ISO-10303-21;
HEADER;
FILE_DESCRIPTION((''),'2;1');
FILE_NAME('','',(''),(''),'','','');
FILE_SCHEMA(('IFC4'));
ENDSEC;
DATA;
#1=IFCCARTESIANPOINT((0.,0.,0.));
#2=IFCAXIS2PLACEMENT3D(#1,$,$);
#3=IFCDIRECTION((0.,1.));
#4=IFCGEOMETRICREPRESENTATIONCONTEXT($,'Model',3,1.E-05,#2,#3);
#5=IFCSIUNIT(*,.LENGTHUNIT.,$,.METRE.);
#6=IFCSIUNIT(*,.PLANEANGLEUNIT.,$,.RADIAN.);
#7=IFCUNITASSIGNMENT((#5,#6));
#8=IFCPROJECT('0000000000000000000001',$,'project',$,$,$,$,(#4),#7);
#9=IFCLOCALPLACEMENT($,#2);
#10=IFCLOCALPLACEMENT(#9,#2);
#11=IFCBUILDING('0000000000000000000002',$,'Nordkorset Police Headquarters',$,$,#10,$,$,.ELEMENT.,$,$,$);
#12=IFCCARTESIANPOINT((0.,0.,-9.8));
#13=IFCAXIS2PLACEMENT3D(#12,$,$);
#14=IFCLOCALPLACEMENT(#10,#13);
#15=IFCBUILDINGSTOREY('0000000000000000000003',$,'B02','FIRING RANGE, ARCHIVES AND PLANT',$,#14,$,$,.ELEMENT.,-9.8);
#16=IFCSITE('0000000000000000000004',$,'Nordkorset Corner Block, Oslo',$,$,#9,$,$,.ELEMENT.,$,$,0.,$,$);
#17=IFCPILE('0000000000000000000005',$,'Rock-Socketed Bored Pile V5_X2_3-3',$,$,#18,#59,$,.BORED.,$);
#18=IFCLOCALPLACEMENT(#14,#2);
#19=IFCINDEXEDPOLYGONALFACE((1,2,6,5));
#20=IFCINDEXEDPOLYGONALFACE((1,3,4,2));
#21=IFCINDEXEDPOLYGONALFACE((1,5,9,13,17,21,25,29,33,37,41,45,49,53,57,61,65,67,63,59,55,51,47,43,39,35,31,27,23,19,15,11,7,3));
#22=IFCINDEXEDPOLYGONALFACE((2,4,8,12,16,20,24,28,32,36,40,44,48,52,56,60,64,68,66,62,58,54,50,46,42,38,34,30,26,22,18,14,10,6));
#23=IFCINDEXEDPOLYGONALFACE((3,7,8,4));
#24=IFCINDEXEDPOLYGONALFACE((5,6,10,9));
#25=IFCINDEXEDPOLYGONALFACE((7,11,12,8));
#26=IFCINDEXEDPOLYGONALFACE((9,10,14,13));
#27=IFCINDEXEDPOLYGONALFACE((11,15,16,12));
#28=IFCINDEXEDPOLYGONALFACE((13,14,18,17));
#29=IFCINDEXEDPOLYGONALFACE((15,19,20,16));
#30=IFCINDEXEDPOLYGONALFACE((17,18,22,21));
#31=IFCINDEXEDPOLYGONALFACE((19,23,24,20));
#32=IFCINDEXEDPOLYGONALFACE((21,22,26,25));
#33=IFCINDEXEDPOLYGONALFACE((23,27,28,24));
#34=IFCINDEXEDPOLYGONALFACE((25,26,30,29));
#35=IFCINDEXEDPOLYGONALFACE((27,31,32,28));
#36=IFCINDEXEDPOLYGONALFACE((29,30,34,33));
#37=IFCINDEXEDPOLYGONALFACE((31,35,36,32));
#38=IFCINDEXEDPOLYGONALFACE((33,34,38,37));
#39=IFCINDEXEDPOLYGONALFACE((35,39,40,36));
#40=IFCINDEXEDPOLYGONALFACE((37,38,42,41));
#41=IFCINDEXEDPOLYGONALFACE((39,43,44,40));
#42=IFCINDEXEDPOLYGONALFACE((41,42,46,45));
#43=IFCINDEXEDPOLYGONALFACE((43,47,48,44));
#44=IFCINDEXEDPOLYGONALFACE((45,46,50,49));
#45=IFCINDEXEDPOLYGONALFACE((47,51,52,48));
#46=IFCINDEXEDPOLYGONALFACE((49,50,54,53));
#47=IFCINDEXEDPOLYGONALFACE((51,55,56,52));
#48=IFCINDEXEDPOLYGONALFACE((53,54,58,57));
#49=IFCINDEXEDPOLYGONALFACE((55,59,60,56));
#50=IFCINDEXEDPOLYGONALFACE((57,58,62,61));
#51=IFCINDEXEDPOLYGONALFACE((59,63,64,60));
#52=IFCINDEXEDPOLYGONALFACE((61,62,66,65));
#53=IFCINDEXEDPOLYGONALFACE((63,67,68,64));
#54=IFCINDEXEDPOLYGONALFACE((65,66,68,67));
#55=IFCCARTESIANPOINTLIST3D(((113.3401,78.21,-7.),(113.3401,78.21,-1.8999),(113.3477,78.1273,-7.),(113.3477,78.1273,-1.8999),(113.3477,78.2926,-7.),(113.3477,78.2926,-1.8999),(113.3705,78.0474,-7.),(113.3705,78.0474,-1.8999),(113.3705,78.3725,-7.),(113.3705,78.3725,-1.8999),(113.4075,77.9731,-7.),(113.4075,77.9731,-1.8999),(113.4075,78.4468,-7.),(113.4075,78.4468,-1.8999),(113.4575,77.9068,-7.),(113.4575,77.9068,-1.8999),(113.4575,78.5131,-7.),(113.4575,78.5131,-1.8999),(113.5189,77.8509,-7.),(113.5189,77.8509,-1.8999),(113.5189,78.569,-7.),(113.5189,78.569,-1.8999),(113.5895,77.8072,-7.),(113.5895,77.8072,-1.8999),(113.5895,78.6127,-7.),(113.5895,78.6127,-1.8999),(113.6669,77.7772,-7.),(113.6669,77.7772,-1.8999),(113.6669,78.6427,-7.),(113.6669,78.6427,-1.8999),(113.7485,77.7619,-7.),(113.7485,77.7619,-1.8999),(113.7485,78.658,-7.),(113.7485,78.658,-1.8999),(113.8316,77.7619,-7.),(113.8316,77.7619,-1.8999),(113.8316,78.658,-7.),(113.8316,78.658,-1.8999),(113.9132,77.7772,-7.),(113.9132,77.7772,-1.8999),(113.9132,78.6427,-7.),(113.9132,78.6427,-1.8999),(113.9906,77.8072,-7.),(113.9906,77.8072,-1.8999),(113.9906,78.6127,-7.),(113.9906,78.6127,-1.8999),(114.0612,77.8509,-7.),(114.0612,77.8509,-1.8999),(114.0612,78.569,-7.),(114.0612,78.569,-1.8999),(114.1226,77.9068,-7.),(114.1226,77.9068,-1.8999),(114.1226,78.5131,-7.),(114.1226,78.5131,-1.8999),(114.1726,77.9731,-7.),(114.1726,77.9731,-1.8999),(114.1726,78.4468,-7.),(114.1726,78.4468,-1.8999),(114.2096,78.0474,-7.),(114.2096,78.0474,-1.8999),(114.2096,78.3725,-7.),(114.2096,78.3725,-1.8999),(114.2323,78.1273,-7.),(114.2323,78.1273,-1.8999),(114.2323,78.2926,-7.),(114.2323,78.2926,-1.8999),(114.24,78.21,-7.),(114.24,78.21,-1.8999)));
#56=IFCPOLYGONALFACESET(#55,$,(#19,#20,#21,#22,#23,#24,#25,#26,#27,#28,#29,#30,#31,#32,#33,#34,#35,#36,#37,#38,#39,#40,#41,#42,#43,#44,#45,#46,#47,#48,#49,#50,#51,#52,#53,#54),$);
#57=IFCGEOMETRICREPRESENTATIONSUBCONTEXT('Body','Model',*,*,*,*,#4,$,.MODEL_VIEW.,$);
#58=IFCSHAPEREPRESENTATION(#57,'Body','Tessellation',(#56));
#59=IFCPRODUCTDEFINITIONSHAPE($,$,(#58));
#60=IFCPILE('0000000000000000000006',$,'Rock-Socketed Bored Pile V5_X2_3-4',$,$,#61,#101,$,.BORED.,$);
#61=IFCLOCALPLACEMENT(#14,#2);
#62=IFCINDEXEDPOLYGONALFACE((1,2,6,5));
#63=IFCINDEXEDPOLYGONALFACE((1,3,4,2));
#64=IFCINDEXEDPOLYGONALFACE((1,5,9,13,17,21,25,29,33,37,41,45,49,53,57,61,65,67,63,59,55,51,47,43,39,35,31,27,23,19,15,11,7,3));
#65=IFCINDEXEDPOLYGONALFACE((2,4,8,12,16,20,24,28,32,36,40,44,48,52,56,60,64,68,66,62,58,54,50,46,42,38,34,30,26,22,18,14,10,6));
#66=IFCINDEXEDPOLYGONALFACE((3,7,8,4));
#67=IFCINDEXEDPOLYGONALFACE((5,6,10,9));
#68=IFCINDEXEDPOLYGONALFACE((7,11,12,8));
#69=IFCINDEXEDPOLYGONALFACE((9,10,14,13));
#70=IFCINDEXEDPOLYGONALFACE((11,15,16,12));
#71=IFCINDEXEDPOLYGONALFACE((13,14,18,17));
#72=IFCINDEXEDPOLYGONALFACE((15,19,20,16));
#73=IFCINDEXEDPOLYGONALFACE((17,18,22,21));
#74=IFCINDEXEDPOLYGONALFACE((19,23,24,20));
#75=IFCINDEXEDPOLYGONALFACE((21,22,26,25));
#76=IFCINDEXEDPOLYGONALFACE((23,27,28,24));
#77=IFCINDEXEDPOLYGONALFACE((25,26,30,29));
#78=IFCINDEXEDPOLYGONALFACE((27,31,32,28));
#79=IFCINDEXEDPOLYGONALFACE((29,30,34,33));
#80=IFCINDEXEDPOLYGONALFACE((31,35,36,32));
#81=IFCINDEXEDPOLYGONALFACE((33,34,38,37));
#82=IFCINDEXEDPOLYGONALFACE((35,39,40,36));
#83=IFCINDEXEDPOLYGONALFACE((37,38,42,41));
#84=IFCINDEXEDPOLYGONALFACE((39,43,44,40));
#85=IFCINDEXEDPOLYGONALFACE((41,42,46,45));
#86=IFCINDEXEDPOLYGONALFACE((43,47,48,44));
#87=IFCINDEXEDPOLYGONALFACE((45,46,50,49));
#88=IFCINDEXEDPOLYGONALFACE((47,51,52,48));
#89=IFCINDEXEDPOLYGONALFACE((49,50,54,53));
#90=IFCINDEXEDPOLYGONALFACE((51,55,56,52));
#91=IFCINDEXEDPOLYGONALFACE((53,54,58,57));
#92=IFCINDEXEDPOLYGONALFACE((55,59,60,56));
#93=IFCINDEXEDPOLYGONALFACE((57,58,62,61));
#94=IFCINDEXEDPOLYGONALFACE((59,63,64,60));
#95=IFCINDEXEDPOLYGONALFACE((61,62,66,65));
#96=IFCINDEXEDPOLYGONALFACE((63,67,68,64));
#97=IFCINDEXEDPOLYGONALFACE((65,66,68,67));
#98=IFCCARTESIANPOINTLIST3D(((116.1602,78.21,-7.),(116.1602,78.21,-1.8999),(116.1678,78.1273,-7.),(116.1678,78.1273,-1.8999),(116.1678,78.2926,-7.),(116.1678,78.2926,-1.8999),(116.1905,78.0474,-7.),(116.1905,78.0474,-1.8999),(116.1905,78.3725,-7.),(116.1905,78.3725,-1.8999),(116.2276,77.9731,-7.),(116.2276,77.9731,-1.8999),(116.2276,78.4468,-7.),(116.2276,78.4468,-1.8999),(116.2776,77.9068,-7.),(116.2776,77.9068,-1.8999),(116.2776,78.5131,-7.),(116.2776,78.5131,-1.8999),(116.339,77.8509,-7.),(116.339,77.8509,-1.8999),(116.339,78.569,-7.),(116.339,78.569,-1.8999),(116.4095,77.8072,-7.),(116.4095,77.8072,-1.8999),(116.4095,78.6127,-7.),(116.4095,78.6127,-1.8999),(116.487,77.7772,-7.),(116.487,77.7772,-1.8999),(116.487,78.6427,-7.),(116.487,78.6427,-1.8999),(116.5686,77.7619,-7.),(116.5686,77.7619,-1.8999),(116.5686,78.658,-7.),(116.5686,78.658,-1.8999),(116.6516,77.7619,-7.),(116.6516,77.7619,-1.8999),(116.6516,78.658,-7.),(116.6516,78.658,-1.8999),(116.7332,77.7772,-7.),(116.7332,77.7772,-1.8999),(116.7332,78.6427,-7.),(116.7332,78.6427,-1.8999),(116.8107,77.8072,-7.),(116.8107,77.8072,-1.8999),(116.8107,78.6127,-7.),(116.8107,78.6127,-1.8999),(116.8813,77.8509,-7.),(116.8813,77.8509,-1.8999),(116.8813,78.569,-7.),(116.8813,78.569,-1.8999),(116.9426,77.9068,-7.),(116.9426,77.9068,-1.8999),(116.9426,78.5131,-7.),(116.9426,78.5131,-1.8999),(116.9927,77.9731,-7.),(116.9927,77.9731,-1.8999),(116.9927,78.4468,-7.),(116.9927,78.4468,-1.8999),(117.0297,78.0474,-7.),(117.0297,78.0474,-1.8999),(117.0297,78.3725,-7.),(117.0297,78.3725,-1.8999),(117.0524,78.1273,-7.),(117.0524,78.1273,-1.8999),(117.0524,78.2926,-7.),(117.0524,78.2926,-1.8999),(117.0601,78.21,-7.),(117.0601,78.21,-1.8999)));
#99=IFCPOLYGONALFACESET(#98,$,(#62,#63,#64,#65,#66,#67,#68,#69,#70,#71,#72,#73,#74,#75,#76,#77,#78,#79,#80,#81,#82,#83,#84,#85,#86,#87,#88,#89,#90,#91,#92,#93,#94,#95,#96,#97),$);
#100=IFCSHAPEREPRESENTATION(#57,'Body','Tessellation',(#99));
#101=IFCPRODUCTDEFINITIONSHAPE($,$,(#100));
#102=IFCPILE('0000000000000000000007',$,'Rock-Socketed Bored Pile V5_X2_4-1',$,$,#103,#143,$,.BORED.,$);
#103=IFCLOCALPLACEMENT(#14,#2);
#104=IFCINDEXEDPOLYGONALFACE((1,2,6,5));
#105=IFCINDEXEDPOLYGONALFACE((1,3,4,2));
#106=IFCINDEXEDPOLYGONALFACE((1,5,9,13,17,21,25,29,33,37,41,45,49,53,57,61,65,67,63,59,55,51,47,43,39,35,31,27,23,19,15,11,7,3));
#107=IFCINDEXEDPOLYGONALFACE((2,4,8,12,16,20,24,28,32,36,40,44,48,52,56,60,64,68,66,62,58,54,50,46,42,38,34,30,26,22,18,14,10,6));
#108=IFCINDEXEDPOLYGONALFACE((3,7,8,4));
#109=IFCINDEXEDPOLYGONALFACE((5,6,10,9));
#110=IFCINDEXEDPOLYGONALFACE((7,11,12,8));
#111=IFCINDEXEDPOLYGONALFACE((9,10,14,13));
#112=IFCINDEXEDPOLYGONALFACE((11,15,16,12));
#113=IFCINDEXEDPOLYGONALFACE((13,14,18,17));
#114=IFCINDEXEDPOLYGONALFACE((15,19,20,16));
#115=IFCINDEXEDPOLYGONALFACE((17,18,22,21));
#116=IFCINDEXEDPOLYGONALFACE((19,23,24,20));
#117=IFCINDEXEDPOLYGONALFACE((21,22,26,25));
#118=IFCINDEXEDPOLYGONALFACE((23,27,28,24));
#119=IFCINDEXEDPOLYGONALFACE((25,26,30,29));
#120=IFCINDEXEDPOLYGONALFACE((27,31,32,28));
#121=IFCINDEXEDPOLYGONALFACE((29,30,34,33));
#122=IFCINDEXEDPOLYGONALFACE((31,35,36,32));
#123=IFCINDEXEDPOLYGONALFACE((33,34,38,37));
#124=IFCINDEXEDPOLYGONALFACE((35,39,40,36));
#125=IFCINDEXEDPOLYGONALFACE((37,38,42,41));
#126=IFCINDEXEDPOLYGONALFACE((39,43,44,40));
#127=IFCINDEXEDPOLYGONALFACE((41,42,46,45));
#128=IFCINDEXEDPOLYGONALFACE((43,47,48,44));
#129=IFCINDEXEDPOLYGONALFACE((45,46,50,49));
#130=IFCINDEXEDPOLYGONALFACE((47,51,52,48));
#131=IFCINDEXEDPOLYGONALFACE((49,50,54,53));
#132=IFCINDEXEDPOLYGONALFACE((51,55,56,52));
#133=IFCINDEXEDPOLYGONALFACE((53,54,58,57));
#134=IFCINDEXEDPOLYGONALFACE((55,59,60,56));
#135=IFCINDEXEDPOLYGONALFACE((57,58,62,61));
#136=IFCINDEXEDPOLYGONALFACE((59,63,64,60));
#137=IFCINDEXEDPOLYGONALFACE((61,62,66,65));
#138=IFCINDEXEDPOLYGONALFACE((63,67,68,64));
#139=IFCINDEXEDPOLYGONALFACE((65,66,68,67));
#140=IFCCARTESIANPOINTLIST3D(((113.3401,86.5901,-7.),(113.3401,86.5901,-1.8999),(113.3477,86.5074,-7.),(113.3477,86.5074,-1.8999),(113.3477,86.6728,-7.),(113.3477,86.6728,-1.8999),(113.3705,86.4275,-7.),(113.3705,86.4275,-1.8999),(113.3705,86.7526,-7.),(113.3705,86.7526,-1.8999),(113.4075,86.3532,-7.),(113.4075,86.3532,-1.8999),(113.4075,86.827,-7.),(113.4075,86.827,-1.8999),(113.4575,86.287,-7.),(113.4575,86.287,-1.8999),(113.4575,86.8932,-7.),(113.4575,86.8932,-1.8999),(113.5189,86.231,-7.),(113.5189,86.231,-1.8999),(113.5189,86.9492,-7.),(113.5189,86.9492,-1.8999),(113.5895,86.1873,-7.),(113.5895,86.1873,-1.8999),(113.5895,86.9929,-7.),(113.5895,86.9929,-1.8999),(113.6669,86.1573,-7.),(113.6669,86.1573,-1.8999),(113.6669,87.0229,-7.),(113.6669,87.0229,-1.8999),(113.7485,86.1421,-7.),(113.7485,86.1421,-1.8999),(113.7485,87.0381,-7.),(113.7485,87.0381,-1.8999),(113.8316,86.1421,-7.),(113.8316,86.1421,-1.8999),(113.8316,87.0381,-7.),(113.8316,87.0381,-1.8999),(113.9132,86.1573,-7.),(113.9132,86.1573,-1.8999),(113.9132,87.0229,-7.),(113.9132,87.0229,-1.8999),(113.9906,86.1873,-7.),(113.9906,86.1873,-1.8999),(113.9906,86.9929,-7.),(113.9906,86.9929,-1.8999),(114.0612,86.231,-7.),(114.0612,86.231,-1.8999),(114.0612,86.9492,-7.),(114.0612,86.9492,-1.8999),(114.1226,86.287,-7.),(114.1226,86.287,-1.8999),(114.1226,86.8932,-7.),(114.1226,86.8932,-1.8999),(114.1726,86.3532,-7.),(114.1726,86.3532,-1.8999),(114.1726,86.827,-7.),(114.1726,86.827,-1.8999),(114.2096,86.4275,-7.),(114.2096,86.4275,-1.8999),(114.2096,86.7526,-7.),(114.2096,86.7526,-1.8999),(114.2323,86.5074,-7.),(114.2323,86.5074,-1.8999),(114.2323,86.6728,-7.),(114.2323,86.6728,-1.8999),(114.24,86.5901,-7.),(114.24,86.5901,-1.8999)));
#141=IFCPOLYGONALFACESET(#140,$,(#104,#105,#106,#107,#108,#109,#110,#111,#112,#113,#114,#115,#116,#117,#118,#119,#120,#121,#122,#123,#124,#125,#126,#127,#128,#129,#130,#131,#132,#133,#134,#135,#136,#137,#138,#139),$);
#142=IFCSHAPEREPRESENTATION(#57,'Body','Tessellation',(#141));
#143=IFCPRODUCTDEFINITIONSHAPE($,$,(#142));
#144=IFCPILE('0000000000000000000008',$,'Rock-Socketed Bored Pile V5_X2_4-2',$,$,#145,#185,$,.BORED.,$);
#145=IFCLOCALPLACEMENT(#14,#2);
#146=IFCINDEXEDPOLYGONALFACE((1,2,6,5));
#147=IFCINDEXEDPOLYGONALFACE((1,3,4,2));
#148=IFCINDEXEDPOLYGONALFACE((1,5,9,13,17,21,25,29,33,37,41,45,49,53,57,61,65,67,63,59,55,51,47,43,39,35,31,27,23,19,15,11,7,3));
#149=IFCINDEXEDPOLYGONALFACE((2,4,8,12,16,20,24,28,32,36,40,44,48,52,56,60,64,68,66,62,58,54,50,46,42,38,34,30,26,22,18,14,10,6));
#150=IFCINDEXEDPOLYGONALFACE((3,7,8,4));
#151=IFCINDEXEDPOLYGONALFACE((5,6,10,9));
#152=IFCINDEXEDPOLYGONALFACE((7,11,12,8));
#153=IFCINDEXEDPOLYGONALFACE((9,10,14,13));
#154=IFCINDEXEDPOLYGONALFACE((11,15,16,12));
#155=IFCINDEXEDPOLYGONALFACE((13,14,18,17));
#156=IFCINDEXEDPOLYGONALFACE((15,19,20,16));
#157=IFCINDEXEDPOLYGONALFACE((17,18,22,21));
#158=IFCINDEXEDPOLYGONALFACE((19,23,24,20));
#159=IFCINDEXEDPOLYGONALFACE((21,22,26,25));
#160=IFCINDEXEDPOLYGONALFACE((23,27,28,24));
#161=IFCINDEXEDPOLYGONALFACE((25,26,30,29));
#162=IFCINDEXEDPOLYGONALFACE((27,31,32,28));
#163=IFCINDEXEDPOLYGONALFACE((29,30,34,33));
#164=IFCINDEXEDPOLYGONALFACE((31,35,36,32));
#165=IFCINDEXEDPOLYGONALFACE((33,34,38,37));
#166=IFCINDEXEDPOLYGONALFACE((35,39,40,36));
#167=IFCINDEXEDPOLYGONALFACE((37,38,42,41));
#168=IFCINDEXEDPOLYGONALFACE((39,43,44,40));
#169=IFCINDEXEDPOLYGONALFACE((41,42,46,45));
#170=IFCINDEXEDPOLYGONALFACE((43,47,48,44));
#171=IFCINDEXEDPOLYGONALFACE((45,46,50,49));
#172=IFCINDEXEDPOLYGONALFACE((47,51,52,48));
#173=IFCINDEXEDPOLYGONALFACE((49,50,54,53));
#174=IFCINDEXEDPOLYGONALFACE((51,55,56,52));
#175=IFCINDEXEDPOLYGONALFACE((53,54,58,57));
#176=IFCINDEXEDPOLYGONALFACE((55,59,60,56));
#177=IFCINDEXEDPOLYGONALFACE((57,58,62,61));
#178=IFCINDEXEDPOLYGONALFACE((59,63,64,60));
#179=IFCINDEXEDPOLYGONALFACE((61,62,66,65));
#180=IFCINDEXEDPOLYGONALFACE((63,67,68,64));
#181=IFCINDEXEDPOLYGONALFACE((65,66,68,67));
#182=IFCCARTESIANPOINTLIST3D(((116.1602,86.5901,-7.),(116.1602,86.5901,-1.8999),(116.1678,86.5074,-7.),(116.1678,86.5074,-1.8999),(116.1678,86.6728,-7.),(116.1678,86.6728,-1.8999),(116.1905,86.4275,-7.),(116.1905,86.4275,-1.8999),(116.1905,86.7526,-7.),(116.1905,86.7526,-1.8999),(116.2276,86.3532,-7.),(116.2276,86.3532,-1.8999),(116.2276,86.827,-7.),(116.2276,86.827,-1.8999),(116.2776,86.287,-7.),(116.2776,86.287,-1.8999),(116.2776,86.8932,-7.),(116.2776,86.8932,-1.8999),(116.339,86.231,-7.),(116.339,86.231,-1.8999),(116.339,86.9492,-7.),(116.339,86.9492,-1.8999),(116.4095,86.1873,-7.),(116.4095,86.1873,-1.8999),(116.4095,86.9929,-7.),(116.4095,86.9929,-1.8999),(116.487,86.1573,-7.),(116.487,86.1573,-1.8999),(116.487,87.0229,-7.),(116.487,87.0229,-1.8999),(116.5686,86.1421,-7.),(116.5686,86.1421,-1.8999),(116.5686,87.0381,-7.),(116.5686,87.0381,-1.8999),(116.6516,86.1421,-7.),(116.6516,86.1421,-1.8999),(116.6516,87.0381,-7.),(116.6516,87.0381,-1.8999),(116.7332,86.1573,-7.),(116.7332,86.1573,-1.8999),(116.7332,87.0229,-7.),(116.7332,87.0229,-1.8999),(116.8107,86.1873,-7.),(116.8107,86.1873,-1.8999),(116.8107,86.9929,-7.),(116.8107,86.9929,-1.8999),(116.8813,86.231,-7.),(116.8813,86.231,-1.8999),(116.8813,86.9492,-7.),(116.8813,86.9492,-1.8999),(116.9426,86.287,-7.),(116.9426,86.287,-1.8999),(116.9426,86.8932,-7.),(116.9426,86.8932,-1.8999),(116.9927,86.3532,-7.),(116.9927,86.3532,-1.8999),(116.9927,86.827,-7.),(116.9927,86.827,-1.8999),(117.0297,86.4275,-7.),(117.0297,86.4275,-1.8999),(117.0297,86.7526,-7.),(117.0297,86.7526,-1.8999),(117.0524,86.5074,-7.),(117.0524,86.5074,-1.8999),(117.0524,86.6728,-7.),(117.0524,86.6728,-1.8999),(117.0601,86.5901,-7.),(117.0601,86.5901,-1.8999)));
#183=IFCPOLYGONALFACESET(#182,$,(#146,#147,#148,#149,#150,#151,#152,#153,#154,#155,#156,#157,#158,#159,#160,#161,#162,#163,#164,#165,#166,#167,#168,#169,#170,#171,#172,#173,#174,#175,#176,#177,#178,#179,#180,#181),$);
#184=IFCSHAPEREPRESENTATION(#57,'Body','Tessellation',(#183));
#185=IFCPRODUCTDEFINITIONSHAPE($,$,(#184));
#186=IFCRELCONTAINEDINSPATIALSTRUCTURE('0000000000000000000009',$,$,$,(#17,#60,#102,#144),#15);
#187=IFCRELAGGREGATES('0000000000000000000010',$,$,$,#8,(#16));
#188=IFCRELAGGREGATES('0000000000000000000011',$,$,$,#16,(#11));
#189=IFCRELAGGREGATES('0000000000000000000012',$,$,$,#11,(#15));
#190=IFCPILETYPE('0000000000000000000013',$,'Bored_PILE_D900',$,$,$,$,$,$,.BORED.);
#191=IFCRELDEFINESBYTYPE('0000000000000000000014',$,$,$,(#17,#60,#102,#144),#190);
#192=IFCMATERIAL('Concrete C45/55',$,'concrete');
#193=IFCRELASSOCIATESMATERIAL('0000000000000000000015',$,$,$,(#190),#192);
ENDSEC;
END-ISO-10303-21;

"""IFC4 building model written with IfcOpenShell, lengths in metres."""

from ifc_helpers import new_model, si_unit, direction, frame, origin, origin_2d, place, context, subcontext, project, spatial, circle, extrude, material, material_profile, profile_set, type_object, element, save


model = new_model("IFC4")

# Units and contexts
model_context = context("Model", 3, precision=1e-05, world=origin(), true_north=direction((0.0, 1.0)))
body_context = subcontext(model_context, "Body", "Model", "MODEL_VIEW")
ifc_project = project(units=[si_unit("LENGTHUNIT", "METRE"), si_unit("PLANEANGLEUNIT", "RADIAN")], contexts=[model_context])

# Site, building, storey
site_placement = place(None, origin())
site = spatial("IfcSite", under=ifc_project, at=site_placement, Name="Nordkorset Corner Block, Oslo", CompositionType="ELEMENT", RefElevation=0.0)
building_placement = place(site_placement, origin())
building = spatial("IfcBuilding", under=site, at=building_placement, Name="Nordkorset Police Headquarters", CompositionType="ELEMENT")
storey_placement = place(building_placement, frame((0.0, 0.0, -9.8)))
storey = spatial("IfcBuildingStorey", under=building, at=storey_placement, Name="B02", Description="FIRING RANGE, ARCHIVES AND PLANT", CompositionType="ELEMENT", Elevation=-9.8)

# Piles
ifc_material_1 = material(Name="Concrete C45/55", Category="concrete")
ifc_material_profile_1 = material_profile(ifc_material_1, circle(Radius=0.45, at=origin_2d()), Name="PILE D900")
ifc_profile_set_1 = profile_set([ifc_material_profile_1], Name="Concrete C45/55")
pile_type = type_object("IfcPileType", Name="Bored_PILE_D900", PredefinedType="BORED", material=ifc_profile_set_1)
for number, where, z_axis, x_axis, name in (
    (1, (113.79, 78.21, -1.8999), (0.0, 0.0, -1.0), (1.0, 0.0, 0.0), "Rock-Socketed Bored Pile V5_X2_3-3"),
    (2, (116.6101, 78.21, -1.8999), (0.0, 0.0, -1.0), (1.0, 0.0, 0.0), "Rock-Socketed Bored Pile V5_X2_3-4"),
    (3, (113.79, 86.5901, -1.8999), (0.0, 0.0, -1.0), (1.0, 0.0, 0.0), "Rock-Socketed Bored Pile V5_X2_4-1"),
    (4, (116.6101, 86.5901, -1.8999), (0.0, 0.0, -1.0), (1.0, 0.0, 0.0), "Rock-Socketed Bored Pile V5_X2_4-2"),
):
    element("IfcPile", number, at=place(storey_placement, frame(where, z_axis=z_axis, x_axis=x_axis)), inside=storey, type_object=pile_type, Name=name, PredefinedType="BORED", context=body_context, shape_type="SweptSolid", body=[
        extrude(circle(Radius=0.45, at=origin_2d()), origin(), (0.0, 0.0, 1.0), 5.1001),
    ])

save(model, "model.ifc")
